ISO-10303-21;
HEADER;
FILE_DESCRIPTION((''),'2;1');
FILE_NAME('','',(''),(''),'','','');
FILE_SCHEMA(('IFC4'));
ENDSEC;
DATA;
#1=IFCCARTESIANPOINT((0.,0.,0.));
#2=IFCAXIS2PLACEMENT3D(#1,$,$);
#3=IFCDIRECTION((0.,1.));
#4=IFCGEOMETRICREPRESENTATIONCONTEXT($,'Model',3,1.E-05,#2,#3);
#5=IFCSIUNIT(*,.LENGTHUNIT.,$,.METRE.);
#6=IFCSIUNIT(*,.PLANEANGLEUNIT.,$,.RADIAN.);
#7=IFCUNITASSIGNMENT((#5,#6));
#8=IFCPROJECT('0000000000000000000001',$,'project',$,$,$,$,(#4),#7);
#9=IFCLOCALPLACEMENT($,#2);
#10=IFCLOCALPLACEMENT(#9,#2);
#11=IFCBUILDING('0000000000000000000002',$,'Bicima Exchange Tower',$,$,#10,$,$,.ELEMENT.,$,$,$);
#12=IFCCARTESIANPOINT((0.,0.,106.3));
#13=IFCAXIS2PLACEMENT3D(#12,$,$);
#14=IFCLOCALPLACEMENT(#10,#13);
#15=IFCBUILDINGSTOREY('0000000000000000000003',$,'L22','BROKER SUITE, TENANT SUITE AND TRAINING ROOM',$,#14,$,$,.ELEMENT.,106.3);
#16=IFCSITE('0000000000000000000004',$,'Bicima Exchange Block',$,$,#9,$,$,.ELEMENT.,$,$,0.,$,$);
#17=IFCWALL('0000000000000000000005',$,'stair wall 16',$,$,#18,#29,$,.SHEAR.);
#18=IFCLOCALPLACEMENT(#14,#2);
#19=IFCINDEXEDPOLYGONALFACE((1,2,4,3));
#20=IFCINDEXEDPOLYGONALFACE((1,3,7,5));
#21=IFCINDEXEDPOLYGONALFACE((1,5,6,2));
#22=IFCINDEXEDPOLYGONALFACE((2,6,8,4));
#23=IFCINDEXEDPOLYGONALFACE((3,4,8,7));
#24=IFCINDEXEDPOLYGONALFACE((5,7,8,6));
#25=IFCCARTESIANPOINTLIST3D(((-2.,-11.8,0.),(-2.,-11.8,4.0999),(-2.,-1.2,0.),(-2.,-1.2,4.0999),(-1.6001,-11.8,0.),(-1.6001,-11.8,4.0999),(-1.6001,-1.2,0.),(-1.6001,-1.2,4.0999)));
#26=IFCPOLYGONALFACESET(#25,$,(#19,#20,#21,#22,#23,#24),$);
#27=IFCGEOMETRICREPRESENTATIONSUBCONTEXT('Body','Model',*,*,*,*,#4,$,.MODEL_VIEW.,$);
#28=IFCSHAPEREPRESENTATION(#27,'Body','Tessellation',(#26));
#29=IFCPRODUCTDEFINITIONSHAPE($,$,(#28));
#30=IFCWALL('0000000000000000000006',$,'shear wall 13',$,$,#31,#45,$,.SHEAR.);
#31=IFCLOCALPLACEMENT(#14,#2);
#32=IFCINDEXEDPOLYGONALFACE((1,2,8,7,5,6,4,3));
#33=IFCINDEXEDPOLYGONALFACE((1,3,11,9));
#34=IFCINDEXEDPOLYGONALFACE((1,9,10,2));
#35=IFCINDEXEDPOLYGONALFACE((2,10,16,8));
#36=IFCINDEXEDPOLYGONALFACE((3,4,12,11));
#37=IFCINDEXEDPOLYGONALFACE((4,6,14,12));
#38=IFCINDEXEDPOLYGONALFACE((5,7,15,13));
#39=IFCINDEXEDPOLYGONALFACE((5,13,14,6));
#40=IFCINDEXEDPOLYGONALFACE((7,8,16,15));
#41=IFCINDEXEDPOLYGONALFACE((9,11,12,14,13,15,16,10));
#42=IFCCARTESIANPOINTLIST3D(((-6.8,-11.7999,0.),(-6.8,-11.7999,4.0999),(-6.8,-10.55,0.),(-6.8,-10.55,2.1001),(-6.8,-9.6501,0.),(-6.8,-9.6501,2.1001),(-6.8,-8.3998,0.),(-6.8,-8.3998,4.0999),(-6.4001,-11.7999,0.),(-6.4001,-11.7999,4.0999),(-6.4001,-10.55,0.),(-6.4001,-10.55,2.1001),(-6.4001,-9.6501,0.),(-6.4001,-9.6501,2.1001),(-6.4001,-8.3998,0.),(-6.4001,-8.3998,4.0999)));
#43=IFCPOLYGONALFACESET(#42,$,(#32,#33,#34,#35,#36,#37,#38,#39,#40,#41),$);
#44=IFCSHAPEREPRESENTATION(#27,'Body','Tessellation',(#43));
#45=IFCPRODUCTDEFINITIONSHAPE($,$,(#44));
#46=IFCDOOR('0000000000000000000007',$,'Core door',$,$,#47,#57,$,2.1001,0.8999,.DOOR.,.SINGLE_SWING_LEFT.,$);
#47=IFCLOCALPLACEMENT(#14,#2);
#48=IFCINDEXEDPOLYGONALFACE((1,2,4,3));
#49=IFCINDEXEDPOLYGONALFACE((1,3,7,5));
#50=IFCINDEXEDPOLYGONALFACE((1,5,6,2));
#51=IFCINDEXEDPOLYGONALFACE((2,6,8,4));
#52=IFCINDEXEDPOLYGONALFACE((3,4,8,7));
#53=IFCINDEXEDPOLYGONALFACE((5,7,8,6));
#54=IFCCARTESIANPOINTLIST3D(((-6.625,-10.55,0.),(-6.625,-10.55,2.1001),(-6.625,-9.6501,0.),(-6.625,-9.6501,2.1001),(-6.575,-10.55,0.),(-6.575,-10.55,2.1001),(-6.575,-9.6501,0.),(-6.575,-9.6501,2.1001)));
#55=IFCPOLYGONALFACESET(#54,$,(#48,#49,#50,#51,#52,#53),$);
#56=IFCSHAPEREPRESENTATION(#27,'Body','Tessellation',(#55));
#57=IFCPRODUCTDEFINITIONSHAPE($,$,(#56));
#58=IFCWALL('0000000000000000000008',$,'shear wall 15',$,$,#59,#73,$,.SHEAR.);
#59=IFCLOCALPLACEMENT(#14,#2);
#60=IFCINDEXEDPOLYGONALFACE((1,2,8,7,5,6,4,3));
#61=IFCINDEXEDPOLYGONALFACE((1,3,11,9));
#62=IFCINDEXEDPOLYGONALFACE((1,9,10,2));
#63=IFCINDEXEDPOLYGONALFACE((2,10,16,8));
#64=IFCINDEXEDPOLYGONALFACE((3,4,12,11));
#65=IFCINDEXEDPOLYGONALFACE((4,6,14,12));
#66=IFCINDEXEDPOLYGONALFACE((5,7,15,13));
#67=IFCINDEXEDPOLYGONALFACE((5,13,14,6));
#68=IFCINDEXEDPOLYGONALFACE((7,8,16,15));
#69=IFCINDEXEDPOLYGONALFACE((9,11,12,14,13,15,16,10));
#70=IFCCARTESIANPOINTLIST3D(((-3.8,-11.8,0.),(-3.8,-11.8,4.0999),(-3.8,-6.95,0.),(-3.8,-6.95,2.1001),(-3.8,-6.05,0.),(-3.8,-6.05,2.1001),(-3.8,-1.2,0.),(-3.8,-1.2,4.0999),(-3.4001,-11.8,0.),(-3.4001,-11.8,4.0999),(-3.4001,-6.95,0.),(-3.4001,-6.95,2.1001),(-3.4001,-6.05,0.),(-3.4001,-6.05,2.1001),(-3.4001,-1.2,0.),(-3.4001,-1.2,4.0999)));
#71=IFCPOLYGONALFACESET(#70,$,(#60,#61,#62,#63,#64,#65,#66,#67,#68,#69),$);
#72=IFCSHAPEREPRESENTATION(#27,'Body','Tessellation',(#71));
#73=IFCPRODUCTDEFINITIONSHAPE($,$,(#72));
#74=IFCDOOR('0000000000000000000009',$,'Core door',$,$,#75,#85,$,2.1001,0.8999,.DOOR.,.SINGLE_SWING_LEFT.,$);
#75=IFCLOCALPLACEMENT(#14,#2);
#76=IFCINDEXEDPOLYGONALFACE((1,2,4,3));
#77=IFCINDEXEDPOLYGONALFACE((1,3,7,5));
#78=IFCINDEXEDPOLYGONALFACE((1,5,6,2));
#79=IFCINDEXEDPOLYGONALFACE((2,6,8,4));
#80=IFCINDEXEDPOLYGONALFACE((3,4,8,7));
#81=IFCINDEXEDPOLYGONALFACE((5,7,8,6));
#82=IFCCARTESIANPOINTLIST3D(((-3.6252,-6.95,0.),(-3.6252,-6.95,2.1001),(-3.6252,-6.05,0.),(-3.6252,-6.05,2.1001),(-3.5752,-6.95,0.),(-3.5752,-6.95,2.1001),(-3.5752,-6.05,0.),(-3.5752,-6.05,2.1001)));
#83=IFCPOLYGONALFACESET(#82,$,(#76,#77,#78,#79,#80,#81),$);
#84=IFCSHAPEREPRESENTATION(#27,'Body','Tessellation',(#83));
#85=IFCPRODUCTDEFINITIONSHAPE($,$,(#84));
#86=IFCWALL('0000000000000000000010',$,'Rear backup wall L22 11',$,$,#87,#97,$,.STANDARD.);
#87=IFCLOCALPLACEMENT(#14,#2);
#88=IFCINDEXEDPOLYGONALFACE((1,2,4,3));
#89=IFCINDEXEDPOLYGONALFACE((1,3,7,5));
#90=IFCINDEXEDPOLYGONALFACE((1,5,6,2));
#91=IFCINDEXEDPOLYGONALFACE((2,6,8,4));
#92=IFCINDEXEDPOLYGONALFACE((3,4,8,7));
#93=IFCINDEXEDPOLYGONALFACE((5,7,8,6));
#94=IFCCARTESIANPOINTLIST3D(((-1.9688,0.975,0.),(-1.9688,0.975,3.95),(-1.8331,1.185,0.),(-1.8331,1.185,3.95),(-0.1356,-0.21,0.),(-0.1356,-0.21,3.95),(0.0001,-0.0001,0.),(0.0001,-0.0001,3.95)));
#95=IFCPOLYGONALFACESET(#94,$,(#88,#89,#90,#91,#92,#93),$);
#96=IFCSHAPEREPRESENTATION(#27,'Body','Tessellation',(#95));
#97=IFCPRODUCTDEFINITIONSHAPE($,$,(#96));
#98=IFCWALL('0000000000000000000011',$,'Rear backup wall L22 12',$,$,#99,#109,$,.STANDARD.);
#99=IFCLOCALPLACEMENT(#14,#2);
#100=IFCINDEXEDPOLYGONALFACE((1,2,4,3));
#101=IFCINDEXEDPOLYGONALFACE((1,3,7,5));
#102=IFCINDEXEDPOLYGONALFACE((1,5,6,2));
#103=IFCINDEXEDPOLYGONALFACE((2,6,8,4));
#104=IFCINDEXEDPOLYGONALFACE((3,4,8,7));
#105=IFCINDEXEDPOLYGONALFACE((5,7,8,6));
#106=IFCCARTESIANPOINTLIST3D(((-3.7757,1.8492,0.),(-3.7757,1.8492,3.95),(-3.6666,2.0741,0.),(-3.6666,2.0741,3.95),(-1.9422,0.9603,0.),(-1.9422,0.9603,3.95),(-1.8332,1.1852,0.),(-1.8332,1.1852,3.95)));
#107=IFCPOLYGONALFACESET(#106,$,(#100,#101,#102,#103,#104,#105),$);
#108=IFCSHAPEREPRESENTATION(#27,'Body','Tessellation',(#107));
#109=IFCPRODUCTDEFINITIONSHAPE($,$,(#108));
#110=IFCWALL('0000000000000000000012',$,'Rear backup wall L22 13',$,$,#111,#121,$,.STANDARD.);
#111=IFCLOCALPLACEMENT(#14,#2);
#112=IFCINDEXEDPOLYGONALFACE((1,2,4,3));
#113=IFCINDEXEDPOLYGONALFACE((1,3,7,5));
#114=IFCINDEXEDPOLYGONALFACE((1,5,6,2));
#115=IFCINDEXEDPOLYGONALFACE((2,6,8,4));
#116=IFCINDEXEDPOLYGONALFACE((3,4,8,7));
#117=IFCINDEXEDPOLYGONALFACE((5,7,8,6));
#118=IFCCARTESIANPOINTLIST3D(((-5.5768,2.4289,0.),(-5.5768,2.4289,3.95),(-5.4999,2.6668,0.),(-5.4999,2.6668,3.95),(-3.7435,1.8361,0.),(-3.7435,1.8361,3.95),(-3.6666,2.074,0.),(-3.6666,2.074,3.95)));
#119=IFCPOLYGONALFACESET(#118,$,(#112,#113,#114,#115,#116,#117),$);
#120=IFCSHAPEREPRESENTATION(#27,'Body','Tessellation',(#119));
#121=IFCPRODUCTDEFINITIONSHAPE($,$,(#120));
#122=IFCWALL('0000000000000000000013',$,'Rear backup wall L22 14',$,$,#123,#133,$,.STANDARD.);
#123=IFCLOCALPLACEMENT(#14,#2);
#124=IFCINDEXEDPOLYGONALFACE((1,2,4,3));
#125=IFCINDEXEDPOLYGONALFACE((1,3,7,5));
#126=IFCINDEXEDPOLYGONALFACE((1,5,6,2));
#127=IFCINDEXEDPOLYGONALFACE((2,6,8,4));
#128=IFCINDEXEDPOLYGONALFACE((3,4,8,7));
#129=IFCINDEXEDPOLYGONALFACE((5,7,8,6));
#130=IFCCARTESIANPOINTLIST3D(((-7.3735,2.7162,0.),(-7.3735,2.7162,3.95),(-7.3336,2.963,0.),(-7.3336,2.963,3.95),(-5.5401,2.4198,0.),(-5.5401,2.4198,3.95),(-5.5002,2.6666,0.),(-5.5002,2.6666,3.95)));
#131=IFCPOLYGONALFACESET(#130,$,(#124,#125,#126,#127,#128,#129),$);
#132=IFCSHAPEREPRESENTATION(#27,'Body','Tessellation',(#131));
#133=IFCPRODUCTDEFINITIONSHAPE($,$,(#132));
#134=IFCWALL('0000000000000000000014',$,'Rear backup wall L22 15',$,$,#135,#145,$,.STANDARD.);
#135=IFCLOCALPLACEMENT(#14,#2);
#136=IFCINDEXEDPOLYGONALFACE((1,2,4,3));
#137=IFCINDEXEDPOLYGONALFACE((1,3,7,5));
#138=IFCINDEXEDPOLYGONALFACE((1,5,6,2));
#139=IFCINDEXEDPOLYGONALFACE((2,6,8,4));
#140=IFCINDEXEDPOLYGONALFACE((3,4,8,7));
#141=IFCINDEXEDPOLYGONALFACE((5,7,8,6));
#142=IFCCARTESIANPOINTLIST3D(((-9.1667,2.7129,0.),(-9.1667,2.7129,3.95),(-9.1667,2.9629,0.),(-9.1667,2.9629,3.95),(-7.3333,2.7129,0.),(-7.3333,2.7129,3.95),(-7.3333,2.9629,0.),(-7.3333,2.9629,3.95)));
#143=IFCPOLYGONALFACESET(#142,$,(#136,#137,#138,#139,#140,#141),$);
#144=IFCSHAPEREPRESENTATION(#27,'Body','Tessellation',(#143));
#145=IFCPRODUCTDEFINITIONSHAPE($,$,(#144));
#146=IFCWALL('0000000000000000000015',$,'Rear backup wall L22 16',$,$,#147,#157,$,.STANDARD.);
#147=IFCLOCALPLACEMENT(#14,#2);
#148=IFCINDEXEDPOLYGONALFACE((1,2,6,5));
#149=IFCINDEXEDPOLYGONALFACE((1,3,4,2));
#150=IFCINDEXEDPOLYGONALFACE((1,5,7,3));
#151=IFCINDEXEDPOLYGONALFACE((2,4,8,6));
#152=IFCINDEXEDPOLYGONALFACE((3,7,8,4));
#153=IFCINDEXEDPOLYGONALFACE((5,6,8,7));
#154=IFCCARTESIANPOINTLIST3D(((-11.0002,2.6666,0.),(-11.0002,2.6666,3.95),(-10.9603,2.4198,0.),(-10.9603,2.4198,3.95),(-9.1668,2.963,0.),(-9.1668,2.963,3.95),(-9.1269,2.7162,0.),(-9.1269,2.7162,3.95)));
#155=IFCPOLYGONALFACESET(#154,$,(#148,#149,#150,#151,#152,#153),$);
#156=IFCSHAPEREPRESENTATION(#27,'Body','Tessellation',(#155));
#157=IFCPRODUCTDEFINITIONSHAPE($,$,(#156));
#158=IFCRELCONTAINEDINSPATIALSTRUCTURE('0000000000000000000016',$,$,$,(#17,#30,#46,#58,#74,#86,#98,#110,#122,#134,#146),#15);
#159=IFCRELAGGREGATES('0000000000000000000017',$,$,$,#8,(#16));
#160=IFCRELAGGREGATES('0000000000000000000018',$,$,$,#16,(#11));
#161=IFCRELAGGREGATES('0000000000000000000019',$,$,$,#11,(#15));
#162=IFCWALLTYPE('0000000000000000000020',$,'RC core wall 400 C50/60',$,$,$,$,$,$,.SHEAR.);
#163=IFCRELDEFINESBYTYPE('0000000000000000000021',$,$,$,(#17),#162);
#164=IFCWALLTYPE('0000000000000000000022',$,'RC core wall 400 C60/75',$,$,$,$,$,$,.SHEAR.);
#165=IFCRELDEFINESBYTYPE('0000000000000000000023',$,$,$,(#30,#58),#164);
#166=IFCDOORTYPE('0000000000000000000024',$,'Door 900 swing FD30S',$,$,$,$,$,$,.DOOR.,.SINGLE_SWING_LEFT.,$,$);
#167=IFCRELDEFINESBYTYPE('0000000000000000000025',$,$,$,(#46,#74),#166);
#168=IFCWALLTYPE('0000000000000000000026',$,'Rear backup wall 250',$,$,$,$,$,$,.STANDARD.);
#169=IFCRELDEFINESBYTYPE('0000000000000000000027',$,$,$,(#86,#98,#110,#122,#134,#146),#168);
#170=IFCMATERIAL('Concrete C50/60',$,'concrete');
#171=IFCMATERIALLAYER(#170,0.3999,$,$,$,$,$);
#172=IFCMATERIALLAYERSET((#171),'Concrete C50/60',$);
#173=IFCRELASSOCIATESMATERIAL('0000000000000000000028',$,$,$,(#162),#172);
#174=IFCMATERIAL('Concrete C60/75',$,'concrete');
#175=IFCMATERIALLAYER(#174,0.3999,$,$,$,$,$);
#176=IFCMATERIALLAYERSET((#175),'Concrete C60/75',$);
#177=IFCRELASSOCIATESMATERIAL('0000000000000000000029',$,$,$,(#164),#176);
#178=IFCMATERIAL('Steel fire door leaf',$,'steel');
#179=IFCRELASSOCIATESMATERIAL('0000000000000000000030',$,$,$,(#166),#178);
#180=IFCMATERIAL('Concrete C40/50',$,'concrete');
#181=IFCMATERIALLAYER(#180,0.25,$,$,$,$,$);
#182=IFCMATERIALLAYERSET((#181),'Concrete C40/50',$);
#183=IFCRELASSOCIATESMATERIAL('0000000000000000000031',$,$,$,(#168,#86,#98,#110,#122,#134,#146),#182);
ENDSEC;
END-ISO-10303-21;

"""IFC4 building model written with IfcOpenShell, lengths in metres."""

from ifc_helpers import new_model, si_unit, direction, frame, frame_2d, origin, place, context, subcontext, project, spatial, rectangle, extrude, material, layer, layer_set, layer_usage, type_object, element, fill, save


model = new_model("IFC4")

# Units and contexts
model_context = context("Model", 3, precision=1e-05, world=origin(), true_north=direction((0.0, 1.0)))
body_context = subcontext(model_context, "Body", "Model", "MODEL_VIEW")
ifc_project = project(units=[si_unit("LENGTHUNIT", "METRE"), si_unit("PLANEANGLEUNIT", "RADIAN")], contexts=[model_context])

# Site, building, storey
site_placement = place(None, origin())
site = spatial("IfcSite", under=ifc_project, at=site_placement, Name="Bicima Exchange Block", CompositionType="ELEMENT", RefElevation=0.0)
building_placement = place(site_placement, origin())
building = spatial("IfcBuilding", under=site, at=building_placement, Name="Bicima Exchange Tower", CompositionType="ELEMENT")
storey_placement = place(building_placement, frame((0.0, 0.0, 106.3)))
storey = spatial("IfcBuildingStorey", under=building, at=storey_placement, Name="L22", Description="BROKER SUITE, TENANT SUITE AND TRAINING ROOM", CompositionType="ELEMENT", Elevation=106.3)

# Shared definitions
ifc_material_1 = material(Name="Concrete C40/50", Category="concrete")

# Shared definitions
ifc_material_2 = material(Name="Concrete C50/60", Category="concrete")
ifc_layer_1 = layer(ifc_material_2, 0.3999)
ifc_layer_set_1 = layer_set([ifc_layer_1], Name="Concrete C50/60")
wall_type_1 = type_object("IfcWallType", Name="RC core wall 400 C50/60", PredefinedType="SHEAR", material=ifc_layer_set_1)
ifc_material_3 = material(Name="Steel fire door leaf", Category="steel")

# Wall
wall_1_placement = place(storey_placement, frame((-1.8, -11.8, 0.0), z_axis=(0.0, 0.0, 1.0), x_axis=(0.0, 1.0, 0.0)))
element("IfcWall", 1, at=wall_1_placement, inside=storey, type_object=wall_type_1, Name="stair wall 16", PredefinedType="SHEAR", context=body_context, shape_type="SweptSolid", body=[
    extrude(rectangle(XDim=10.6001, YDim=0.3999, at=frame_2d((5.3, 0.0))), origin(), (0.0, 0.0, 1.0), 4.0999),
])

# Walls, openings, doors
ifc_material_4 = material(Name="Concrete C60/75", Category="concrete")
ifc_layer_2 = layer(ifc_material_4, 0.3999)
ifc_layer_set_2 = layer_set([ifc_layer_2], Name="Concrete C60/75")
wall_type_2 = type_object("IfcWallType", Name="RC core wall 400 C60/75", PredefinedType="SHEAR", material=ifc_layer_set_2)
wall_2_placement = place(storey_placement, frame((-6.6001, -11.8, 0.0), z_axis=(0.0, 0.0, 1.0), x_axis=(0.0, 1.0, 0.0)))
wall_2 = element("IfcWall", 2, at=wall_2_placement, inside=storey, type_object=wall_type_2, Name="shear wall 13", PredefinedType="SHEAR", context=body_context, shape_type="SweptSolid", body=[
    extrude(rectangle(XDim=3.4001, YDim=0.3999, at=frame_2d((1.7002, 0.0))), origin(), (0.0, 0.0, 1.0), 4.0999),
])
opening_1_placement = place(wall_2_placement, frame((1.25, 0.0, 0.0)))
opening_1 = element("IfcOpeningElement", 3, at=opening_1_placement, cuts=wall_2, PredefinedType="OPENING", context=body_context, shape_type="SweptSolid", body=[
    extrude(rectangle(XDim=0.8999, YDim=2.1001, at=frame_2d((0.45, 1.05))), frame((0.0, 0.2119, 0.0), z_axis=(0.0, -1.0, 0.0), x_axis=(1.0, 0.0, 0.0)), (0.0, 0.0, 1.0), 0.4238),
])
door_type_1 = type_object("IfcDoorType", Name="Door 900 swing FD30S", OperationType="SINGLE_SWING_LEFT", PredefinedType="DOOR", material=ifc_material_3)
door_1_placement = place(opening_1_placement, origin())
door_1 = element("IfcDoor", 4, at=door_1_placement, inside=storey, type_object=door_type_1, Name="Core door", OperationType="SINGLE_SWING_LEFT", OverallHeight=2.1001, OverallWidth=0.8999, PredefinedType="DOOR", context=body_context, shape_type="SweptSolid", body=[
    extrude(rectangle(XDim=0.8999, YDim=2.1001, at=frame_2d((0.45, 1.05))), frame((0.0, 0.0249, 0.0), z_axis=(0.0, -1.0, 0.0), x_axis=(1.0, 0.0, 0.0)), (0.0, 0.0, 1.0), 0.05),
])
fill(opening_1, door_1)
wall_3_placement = place(storey_placement, frame((-3.6001, -11.8, 0.0), z_axis=(0.0, 0.0, 1.0), x_axis=(0.0, 1.0, 0.0)))
wall_3 = element("IfcWall", 5, at=wall_3_placement, inside=storey, type_object=wall_type_2, Name="shear wall 15", PredefinedType="SHEAR", context=body_context, shape_type="SweptSolid", body=[
    extrude(rectangle(XDim=10.6001, YDim=0.3999, at=frame_2d((5.3, 0.0))), origin(), (0.0, 0.0, 1.0), 4.0999),
])
opening_2_placement = place(wall_3_placement, frame((4.8501, 0.0, 0.0)))
opening_2 = element("IfcOpeningElement", 6, at=opening_2_placement, cuts=wall_3, PredefinedType="OPENING", context=body_context, shape_type="SweptSolid", body=[
    extrude(rectangle(XDim=0.8999, YDim=2.1001, at=frame_2d((0.45, 1.05))), frame((0.0, 0.2119, 0.0), z_axis=(0.0, -1.0, 0.0), x_axis=(1.0, 0.0, 0.0)), (0.0, 0.0, 1.0), 0.4238),
])
door_2_placement = place(opening_2_placement, frame((0.8999, 0.0, 0.0), z_axis=(0.0, 0.0, 1.0), x_axis=(-1.0, 0.0, 0.0)))
door_2 = element("IfcDoor", 7, at=door_2_placement, inside=storey, type_object=door_type_1, Name="Core door", OperationType="SINGLE_SWING_LEFT", OverallHeight=2.1001, OverallWidth=0.8999, PredefinedType="DOOR", context=body_context, shape_type="SweptSolid", body=[
    extrude(rectangle(XDim=0.8999, YDim=2.1001, at=frame_2d((0.45, 1.05))), frame((0.0, 0.0249, 0.0), z_axis=(0.0, -1.0, 0.0), x_axis=(1.0, 0.0, 0.0)), (0.0, 0.0, 1.0), 0.05),
])
fill(opening_2, door_2)

# Walls
ifc_layer_3 = layer(ifc_material_1, 0.25)
ifc_layer_set_3 = layer_set([ifc_layer_3], Name="Concrete C40/50")
ifc_layer_usage = layer_usage(ifc_layer_set_3, "AXIS2", "POSITIVE", -0.125)
wall_type_3 = type_object("IfcWallType", Name="Rear backup wall 250", PredefinedType="STANDARD", material=ifc_layer_set_3)
wall_4_placement = place(storey_placement, frame((-0.0679, -0.105, 0.0), z_axis=(0.0, 0.0, 1.0), x_axis=(-0.839813, 0.542876, 0.0)))
element("IfcWall", 8, at=wall_4_placement, inside=storey, type_object=wall_type_3, material=ifc_layer_usage, Name="Rear backup wall L22 11", PredefinedType="STANDARD", context=body_context, shape_type="SweptSolid", body=[
    extrude(rectangle(XDim=2.1829, YDim=0.25, at=frame_2d((1.0913, 0.0))), origin(), (0.0, 0.0, 1.0), 3.95),
])
wall_5_placement = place(storey_placement, frame((-1.8877, 1.0728, 0.0), z_axis=(0.0, 0.0, 1.0), x_axis=(-0.899824, 0.436253, 0.0)))
element("IfcWall", 9, at=wall_5_placement, inside=storey, type_object=wall_type_3, material=ifc_layer_usage, Name="Rear backup wall L22 12", PredefinedType="STANDARD", context=body_context, shape_type="SweptSolid", body=[
    extrude(rectangle(XDim=2.0376, YDim=0.25, at=frame_2d((1.0188, 0.0))), origin(), (0.0, 0.0, 1.0), 3.95),
])
wall_6_placement = place(storey_placement, frame((-3.7051, 1.9551, 0.0), z_axis=(0.0, 0.0, 1.0), x_axis=(-0.951496, 0.307662, 0.0)))
element("IfcWall", 10, at=wall_6_placement, inside=storey, type_object=wall_type_3, material=ifc_layer_usage, Name="Rear backup wall L22 13", PredefinedType="STANDARD", context=body_context, shape_type="SweptSolid", body=[
    extrude(rectangle(XDim=1.9268, YDim=0.25, at=frame_2d((0.9634, 0.0))), origin(), (0.0, 0.0, 1.0), 3.95),
])
wall_7_placement = place(storey_placement, frame((-5.52, 2.5432, 0.0), z_axis=(0.0, 0.0, 1.0), x_axis=(-0.987182, 0.1596, 0.0)))
element("IfcWall", 11, at=wall_7_placement, inside=storey, type_object=wall_type_3, material=ifc_layer_usage, Name="Rear backup wall L22 14", PredefinedType="STANDARD", context=body_context, shape_type="SweptSolid", body=[
    extrude(rectangle(XDim=1.8572, YDim=0.25, at=frame_2d((0.9287, 0.0))), origin(), (0.0, 0.0, 1.0), 3.95),
])
wall_8_placement = place(storey_placement, frame((-7.3333, 2.8379, 0.0), z_axis=(0.0, 0.0, 1.0), x_axis=(-1.0, 0.0, 0.0)))
element("IfcWall", 12, at=wall_8_placement, inside=storey, type_object=wall_type_3, material=ifc_layer_usage, Name="Rear backup wall L22 15", PredefinedType="STANDARD", context=body_context, shape_type="SweptSolid", body=[
    extrude(rectangle(XDim=1.8335, YDim=0.25, at=frame_2d((0.9167, 0.0))), origin(), (0.0, 0.0, 1.0), 3.95),
])
wall_9_placement = place(storey_placement, frame((-9.1467, 2.8396, 0.0), z_axis=(0.0, 0.0, 1.0), x_axis=(-0.987182, -0.1596, 0.0)))
element("IfcWall", 13, at=wall_9_placement, inside=storey, type_object=wall_type_3, material=ifc_layer_usage, Name="Rear backup wall L22 16", PredefinedType="STANDARD", context=body_context, shape_type="SweptSolid", body=[
    extrude(rectangle(XDim=1.8572, YDim=0.25, at=frame_2d((0.9287, 0.0))), origin(), (0.0, 0.0, 1.0), 3.95),
])

save(model, "model.ifc")
